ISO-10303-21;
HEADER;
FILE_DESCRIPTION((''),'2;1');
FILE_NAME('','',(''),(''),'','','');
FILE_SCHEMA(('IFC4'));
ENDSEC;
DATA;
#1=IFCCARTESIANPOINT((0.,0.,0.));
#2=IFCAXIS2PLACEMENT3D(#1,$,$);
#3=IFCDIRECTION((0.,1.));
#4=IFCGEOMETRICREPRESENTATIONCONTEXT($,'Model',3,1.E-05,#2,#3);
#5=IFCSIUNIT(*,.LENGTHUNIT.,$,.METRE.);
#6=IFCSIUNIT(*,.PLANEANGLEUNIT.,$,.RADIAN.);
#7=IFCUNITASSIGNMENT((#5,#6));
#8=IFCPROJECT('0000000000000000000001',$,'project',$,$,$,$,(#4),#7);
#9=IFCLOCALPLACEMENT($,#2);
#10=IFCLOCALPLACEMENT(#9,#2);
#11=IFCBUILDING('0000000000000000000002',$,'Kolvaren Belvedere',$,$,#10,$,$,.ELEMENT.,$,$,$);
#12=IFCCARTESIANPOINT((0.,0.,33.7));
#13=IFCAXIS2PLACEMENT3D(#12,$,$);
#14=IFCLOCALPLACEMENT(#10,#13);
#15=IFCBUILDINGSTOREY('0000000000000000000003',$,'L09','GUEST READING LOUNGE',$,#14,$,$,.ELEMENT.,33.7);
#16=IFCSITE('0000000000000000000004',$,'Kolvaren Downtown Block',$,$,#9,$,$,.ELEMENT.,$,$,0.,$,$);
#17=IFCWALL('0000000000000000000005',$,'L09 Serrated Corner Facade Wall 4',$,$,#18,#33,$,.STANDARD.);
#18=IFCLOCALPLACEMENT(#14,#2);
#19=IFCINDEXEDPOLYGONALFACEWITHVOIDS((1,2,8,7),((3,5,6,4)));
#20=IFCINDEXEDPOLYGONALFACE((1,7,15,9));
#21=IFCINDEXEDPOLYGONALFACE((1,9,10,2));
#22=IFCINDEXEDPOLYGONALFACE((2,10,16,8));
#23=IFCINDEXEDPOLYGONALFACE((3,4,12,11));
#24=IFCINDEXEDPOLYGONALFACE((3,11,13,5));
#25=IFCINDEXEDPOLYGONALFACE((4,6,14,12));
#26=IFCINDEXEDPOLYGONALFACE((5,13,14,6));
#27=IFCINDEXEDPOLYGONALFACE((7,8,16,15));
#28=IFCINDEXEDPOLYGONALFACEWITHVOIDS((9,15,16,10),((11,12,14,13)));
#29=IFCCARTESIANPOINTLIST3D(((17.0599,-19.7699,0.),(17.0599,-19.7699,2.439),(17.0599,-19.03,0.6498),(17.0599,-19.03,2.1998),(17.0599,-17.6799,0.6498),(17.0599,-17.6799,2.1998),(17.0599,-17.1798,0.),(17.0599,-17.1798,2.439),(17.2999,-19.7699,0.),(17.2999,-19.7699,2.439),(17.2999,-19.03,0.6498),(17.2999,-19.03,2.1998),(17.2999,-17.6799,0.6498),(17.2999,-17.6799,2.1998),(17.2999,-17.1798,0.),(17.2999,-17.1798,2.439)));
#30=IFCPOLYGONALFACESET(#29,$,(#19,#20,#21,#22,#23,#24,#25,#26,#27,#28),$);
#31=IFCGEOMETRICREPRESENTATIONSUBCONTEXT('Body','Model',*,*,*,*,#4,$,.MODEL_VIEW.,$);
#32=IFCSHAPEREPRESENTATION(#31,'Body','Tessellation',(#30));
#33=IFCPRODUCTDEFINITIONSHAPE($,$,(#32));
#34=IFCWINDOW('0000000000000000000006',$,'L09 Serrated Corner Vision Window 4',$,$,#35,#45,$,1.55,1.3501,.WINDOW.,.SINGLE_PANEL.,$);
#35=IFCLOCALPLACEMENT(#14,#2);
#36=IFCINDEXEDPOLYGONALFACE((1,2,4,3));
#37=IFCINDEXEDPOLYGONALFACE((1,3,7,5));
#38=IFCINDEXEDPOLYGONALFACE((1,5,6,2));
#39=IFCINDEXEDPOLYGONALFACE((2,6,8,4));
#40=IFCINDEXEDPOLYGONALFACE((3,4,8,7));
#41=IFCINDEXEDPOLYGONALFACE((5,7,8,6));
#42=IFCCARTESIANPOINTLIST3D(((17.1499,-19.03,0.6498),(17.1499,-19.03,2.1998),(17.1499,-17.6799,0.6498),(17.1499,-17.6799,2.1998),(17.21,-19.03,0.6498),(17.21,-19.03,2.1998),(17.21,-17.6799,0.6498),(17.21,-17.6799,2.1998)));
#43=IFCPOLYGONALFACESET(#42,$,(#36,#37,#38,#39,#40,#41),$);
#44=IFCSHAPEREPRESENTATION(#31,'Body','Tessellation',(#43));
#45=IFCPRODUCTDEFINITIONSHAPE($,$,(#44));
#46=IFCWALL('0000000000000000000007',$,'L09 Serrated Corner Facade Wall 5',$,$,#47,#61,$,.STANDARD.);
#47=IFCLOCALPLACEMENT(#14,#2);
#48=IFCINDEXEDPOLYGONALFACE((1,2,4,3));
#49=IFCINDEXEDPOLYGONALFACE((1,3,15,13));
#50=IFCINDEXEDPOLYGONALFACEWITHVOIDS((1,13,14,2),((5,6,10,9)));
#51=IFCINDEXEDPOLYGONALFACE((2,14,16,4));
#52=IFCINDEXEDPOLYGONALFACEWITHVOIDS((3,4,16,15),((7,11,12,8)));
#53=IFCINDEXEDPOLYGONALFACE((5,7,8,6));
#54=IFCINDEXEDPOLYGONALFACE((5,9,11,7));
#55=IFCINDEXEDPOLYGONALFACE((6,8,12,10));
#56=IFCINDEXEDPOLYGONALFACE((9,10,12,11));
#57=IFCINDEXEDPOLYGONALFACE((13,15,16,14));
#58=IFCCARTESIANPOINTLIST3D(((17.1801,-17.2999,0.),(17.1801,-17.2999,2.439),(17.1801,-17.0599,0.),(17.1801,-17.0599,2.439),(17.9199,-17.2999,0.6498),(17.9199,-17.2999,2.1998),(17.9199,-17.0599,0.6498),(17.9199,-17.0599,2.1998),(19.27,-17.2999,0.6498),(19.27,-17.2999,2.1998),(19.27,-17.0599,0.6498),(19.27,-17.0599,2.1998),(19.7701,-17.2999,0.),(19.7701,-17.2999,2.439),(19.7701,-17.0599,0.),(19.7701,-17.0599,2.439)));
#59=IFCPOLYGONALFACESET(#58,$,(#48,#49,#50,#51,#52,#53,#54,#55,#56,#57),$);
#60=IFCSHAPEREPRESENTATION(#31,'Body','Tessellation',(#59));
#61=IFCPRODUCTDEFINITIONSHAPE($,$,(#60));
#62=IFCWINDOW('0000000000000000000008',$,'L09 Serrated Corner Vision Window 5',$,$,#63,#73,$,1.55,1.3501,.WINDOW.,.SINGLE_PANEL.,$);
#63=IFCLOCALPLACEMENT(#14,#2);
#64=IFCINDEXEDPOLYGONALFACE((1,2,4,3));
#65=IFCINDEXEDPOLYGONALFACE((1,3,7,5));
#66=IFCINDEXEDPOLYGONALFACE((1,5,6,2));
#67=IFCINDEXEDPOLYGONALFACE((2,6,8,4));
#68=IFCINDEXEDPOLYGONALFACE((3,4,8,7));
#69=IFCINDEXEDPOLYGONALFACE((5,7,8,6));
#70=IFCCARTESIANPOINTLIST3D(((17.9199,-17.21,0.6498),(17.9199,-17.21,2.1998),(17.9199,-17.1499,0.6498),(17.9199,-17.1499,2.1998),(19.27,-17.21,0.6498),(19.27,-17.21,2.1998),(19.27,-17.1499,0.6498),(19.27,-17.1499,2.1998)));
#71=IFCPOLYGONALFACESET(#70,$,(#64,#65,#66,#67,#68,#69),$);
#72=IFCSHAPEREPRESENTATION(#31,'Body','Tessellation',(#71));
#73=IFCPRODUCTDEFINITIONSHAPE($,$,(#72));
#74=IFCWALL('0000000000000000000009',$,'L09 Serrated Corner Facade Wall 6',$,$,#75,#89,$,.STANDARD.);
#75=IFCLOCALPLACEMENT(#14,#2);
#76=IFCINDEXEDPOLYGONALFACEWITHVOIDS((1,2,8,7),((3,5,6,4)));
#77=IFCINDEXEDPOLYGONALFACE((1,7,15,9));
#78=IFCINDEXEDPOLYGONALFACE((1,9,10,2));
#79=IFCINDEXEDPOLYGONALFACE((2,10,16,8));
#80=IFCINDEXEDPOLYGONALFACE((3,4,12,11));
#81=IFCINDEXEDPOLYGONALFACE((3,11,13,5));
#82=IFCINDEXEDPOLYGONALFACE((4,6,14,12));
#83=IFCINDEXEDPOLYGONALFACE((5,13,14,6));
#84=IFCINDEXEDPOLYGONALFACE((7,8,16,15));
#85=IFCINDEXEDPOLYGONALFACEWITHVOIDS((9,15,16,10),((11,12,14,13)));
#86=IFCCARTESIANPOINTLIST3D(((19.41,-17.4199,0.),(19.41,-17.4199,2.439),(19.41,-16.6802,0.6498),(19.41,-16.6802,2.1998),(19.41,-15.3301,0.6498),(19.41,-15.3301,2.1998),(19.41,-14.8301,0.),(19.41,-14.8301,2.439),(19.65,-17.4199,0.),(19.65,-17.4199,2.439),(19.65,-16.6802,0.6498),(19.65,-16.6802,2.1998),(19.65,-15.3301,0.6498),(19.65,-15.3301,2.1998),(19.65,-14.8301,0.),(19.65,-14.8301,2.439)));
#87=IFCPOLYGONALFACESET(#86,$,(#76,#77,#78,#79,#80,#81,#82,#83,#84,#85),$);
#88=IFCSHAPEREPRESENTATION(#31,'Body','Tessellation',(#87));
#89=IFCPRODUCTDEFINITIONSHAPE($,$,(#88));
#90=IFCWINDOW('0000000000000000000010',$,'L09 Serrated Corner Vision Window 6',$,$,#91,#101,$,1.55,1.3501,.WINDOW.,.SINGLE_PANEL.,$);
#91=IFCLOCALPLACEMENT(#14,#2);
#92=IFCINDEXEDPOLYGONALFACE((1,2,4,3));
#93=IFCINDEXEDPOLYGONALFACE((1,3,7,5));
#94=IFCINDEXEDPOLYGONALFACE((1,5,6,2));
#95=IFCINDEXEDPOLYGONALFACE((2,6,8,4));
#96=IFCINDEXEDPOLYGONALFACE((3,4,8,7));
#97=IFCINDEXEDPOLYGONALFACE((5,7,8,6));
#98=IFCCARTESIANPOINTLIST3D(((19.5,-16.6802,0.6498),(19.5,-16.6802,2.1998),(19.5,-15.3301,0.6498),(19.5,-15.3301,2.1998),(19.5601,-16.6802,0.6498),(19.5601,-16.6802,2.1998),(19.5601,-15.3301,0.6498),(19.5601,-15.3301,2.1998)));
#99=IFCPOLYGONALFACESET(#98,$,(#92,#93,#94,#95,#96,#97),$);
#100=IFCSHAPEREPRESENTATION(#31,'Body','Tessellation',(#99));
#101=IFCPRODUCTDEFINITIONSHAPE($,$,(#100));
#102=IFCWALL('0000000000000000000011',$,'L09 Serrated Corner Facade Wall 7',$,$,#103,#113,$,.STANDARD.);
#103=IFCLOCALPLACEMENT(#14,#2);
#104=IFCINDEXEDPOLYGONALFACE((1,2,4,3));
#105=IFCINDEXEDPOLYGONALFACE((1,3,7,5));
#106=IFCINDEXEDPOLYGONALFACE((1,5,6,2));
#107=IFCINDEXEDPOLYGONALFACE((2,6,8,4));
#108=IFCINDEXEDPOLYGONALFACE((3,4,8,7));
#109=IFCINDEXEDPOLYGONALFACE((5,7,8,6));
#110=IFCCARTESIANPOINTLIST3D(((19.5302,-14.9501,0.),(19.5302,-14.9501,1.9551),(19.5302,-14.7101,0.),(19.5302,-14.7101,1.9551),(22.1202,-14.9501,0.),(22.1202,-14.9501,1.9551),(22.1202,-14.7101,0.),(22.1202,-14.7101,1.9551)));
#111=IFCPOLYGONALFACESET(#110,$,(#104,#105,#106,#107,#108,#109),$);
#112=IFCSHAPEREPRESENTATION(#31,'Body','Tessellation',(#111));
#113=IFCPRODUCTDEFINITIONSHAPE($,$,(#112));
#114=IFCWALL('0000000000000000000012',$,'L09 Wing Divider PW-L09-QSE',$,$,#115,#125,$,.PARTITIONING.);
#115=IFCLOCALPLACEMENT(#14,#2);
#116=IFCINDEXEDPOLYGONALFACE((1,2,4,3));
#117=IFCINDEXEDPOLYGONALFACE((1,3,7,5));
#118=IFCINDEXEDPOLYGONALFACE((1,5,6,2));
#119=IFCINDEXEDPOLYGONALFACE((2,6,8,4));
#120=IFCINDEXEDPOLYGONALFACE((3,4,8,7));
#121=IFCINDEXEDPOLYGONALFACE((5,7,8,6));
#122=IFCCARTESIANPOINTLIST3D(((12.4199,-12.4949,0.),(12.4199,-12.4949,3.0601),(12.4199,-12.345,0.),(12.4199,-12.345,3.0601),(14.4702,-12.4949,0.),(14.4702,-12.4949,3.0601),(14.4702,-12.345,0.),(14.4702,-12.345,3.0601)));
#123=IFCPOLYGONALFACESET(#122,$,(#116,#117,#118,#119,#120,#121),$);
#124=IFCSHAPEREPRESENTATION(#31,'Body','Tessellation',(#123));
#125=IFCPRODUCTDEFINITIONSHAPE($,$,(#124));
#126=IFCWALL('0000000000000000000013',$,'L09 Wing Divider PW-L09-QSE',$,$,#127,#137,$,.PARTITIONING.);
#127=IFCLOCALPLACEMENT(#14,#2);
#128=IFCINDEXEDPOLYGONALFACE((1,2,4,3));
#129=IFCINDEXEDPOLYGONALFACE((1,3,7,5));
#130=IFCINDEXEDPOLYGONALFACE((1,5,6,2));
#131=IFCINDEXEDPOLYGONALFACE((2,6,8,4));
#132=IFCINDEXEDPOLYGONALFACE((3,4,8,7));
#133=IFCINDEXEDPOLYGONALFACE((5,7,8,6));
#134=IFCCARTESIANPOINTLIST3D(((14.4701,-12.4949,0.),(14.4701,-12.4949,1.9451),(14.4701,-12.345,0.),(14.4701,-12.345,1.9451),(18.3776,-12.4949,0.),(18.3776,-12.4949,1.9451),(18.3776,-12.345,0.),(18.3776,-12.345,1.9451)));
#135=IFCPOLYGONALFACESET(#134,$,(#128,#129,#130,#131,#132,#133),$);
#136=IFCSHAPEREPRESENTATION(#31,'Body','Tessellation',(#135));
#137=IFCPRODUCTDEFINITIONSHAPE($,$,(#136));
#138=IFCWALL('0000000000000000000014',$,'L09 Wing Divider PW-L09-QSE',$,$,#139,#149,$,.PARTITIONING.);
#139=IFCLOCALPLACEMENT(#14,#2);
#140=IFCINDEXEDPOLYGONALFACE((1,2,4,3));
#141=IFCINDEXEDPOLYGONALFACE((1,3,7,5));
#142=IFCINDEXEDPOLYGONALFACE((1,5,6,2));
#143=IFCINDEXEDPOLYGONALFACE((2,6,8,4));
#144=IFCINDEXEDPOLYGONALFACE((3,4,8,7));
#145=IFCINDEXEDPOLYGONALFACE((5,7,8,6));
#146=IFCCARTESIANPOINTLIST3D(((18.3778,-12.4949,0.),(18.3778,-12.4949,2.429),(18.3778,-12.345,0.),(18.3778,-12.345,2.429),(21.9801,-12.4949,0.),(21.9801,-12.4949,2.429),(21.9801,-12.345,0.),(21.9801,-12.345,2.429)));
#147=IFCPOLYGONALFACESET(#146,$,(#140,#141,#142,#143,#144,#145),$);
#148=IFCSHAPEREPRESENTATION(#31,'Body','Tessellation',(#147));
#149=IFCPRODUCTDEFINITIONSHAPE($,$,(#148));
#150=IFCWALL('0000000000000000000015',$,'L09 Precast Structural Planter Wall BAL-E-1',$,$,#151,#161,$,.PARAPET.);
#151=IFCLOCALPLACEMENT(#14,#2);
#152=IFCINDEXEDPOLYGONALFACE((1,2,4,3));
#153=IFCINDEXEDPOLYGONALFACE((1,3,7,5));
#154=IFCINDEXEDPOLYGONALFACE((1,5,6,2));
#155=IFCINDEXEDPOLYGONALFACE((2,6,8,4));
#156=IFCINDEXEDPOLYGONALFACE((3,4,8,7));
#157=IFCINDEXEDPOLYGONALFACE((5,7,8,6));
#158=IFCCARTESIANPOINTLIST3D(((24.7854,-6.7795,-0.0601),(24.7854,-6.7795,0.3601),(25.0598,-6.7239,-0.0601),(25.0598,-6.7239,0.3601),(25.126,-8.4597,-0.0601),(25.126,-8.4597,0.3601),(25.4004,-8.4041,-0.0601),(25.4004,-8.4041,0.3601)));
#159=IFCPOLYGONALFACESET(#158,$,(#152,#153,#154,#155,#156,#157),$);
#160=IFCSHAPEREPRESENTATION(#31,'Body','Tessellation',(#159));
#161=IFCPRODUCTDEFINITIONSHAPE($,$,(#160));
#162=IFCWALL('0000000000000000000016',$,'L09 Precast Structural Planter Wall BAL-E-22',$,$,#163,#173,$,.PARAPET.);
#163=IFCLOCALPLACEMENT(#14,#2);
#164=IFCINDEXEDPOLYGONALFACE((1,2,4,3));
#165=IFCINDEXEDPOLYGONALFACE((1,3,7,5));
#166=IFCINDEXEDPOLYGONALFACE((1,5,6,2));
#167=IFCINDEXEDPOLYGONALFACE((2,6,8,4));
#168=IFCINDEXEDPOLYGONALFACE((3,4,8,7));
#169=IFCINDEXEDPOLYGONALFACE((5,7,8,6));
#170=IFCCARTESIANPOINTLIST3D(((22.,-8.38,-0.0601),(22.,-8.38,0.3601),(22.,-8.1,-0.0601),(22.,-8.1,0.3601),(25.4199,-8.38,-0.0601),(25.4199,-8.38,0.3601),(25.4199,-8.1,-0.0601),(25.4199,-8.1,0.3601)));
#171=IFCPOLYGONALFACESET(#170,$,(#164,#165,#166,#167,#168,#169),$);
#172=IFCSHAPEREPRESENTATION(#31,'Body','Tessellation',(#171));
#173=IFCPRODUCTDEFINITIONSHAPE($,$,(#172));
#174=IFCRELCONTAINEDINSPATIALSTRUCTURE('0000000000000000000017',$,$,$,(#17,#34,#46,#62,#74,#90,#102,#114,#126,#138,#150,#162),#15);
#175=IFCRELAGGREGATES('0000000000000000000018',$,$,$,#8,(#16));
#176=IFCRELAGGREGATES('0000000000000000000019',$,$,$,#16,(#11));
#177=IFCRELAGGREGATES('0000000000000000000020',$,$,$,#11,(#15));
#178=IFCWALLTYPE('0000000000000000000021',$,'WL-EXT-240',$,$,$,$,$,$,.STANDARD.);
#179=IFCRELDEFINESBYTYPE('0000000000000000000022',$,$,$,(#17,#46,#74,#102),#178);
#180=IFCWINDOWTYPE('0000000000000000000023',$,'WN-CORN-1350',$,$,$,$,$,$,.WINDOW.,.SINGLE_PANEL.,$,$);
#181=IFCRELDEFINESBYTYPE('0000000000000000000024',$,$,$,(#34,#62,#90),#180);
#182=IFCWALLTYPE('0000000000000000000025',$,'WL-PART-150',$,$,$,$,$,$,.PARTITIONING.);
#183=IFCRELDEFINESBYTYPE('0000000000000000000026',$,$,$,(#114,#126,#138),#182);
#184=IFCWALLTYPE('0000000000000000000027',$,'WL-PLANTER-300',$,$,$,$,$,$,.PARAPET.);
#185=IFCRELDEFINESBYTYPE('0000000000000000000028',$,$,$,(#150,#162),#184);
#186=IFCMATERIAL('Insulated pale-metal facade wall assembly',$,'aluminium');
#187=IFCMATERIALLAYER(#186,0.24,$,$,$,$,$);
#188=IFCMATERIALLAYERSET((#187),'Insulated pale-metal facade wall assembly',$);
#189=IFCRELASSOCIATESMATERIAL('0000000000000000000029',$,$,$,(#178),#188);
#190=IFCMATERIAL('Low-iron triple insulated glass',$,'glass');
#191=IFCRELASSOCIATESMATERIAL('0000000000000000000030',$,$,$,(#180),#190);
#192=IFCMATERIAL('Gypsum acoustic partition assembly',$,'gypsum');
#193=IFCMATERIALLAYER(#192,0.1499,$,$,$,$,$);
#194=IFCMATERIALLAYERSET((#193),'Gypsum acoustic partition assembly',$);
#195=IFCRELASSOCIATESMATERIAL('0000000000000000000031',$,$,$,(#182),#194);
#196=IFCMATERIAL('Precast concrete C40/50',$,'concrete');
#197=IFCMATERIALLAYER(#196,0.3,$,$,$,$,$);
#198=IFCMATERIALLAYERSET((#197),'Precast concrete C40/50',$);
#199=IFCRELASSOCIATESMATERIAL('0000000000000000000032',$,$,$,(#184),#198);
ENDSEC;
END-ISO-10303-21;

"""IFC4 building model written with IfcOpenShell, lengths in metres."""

from ifc_helpers import new_model, si_unit, direction, frame, frame_2d, origin, place, context, subcontext, project, spatial, rectangle, extrude, material, layer, layer_set, type_object, element, fill, save


model = new_model("IFC4")

# Units and contexts
model_context = context("Model", 3, precision=1e-05, world=origin(), true_north=direction((0.0, 1.0)))
body_context = subcontext(model_context, "Body", "Model", "MODEL_VIEW")
ifc_project = project(units=[si_unit("LENGTHUNIT", "METRE"), si_unit("PLANEANGLEUNIT", "RADIAN")], contexts=[model_context])

# Site, building, storey
site_placement = place(None, origin())
site = spatial("IfcSite", under=ifc_project, at=site_placement, Name="Kolvaren Downtown Block", CompositionType="ELEMENT", RefElevation=0.0)
building_placement = place(site_placement, origin())
building = spatial("IfcBuilding", under=site, at=building_placement, Name="Kolvaren Belvedere", CompositionType="ELEMENT")
storey_placement = place(building_placement, frame((0.0, 0.0, 33.7)))
storey = spatial("IfcBuildingStorey", under=building, at=storey_placement, Name="L09", Description="GUEST READING LOUNGE", CompositionType="ELEMENT", Elevation=33.7)

# Shared definitions
ifc_material_1 = material(Name="Insulated pale-metal facade wall assembly", Category="aluminium")
ifc_layer_1 = layer(ifc_material_1, 0.24)
ifc_layer_set_1 = layer_set([ifc_layer_1], Name="Insulated pale-metal facade wall assembly")
wall_type_1 = type_object("IfcWallType", Name="WL-EXT-240", PredefinedType="STANDARD", material=ifc_layer_set_1)

# Walls, openings, windows
ifc_material_2 = material(Name="Low-iron triple insulated glass", Category="glass")
window_type = type_object("IfcWindowType", Name="WN-CORN-1350", PartitioningType="SINGLE_PANEL", PredefinedType="WINDOW", material=ifc_material_2)
wall_1_placement = place(storey_placement, frame((17.1799, -17.1799, 0.0), z_axis=(0.0, 0.0, 1.0), x_axis=(0.0, -1.0, 0.0)))
wall_1 = element("IfcWall", 1, at=wall_1_placement, inside=storey, type_object=wall_type_1, Name="L09 Serrated Corner Facade Wall 4", PredefinedType="STANDARD", context=body_context, shape_type="SweptSolid", body=[
    extrude(rectangle(XDim=2.5901, YDim=0.24, at=frame_2d((1.2949, 0.0))), origin(), (0.0, 0.0, 1.0), 2.439),
])
opening_1_placement = place(wall_1_placement, frame((0.5, 0.0, 0.6499)))
opening_1 = element("IfcOpeningElement", 2, at=opening_1_placement, cuts=wall_1, PredefinedType="OPENING", context=body_context, shape_type="SweptSolid", body=[
    extrude(rectangle(XDim=1.3501, YDim=1.55, at=frame_2d((0.675, 0.7749))), frame((0.0, 0.1299, 0.0), z_axis=(0.0, -1.0, 0.0), x_axis=(1.0, 0.0, 0.0)), (0.0, 0.0, 1.0), 0.26),
])
window_1_placement = place(opening_1_placement, origin())
window_1 = element("IfcWindow", 3, at=window_1_placement, inside=storey, type_object=window_type, Name="L09 Serrated Corner Vision Window 4", OverallHeight=1.55, OverallWidth=1.3501, PartitioningType="SINGLE_PANEL", PredefinedType="WINDOW", context=body_context, shape_type="SweptSolid", body=[
    extrude(rectangle(XDim=1.3501, YDim=1.55, at=frame_2d((0.675, 0.7749))), frame((0.0, 0.03, 0.0), z_axis=(0.0, -1.0, 0.0), x_axis=(1.0, 0.0, 0.0)), (0.0, 0.0, 1.0), 0.0601),
])
fill(opening_1, window_1)
wall_2_placement = place(storey_placement, frame((19.77, -17.1799, 0.0), z_axis=(0.0, 0.0, 1.0), x_axis=(-1.0, 0.0, 0.0)))
wall_2 = element("IfcWall", 4, at=wall_2_placement, inside=storey, type_object=wall_type_1, Name="L09 Serrated Corner Facade Wall 5", PredefinedType="STANDARD", context=body_context, shape_type="SweptSolid", body=[
    extrude(rectangle(XDim=2.5901, YDim=0.24, at=frame_2d((1.2949, 0.0))), origin(), (0.0, 0.0, 1.0), 2.439),
])
opening_2_placement = place(wall_2_placement, frame((0.5, 0.0, 0.6499)))
opening_2 = element("IfcOpeningElement", 5, at=opening_2_placement, cuts=wall_2, PredefinedType="OPENING", context=body_context, shape_type="SweptSolid", body=[
    extrude(rectangle(XDim=1.3501, YDim=1.55, at=frame_2d((0.675, 0.7749))), frame((0.0, 0.1299, 0.0), z_axis=(0.0, -1.0, 0.0), x_axis=(1.0, 0.0, 0.0)), (0.0, 0.0, 1.0), 0.26),
])
window_2_placement = place(opening_2_placement, origin())
window_2 = element("IfcWindow", 6, at=window_2_placement, inside=storey, type_object=window_type, Name="L09 Serrated Corner Vision Window 5", OverallHeight=1.55, OverallWidth=1.3501, PartitioningType="SINGLE_PANEL", PredefinedType="WINDOW", context=body_context, shape_type="SweptSolid", body=[
    extrude(rectangle(XDim=1.3501, YDim=1.55, at=frame_2d((0.675, 0.7749))), frame((0.0, 0.03, 0.0), z_axis=(0.0, -1.0, 0.0), x_axis=(1.0, 0.0, 0.0)), (0.0, 0.0, 1.0), 0.0601),
])
fill(opening_2, window_2)
wall_3_placement = place(storey_placement, frame((19.53, -14.8301, 0.0), z_axis=(0.0, 0.0, 1.0), x_axis=(0.0, -1.0, 0.0)))
wall_3 = element("IfcWall", 7, at=wall_3_placement, inside=storey, type_object=wall_type_1, Name="L09 Serrated Corner Facade Wall 6", PredefinedType="STANDARD", context=body_context, shape_type="SweptSolid", body=[
    extrude(rectangle(XDim=2.5898, YDim=0.24, at=frame_2d((1.2949, 0.0))), origin(), (0.0, 0.0, 1.0), 2.439),
])
opening_3_placement = place(wall_3_placement, frame((0.5, 0.0, 0.6499)))
opening_3 = element("IfcOpeningElement", 8, at=opening_3_placement, cuts=wall_3, PredefinedType="OPENING", context=body_context, shape_type="SweptSolid", body=[
    extrude(rectangle(XDim=1.3501, YDim=1.55, at=frame_2d((0.675, 0.7749))), frame((0.0, 0.1299, 0.0), z_axis=(0.0, -1.0, 0.0), x_axis=(1.0, 0.0, 0.0)), (0.0, 0.0, 1.0), 0.26),
])
window_3_placement = place(opening_3_placement, origin())
window_3 = element("IfcWindow", 9, at=window_3_placement, inside=storey, type_object=window_type, Name="L09 Serrated Corner Vision Window 6", OverallHeight=1.55, OverallWidth=1.3501, PartitioningType="SINGLE_PANEL", PredefinedType="WINDOW", context=body_context, shape_type="SweptSolid", body=[
    extrude(rectangle(XDim=1.3501, YDim=1.55, at=frame_2d((0.675, 0.7749))), frame((0.0, 0.03, 0.0), z_axis=(0.0, -1.0, 0.0), x_axis=(1.0, 0.0, 0.0)), (0.0, 0.0, 1.0), 0.0601),
])
fill(opening_3, window_3)

# Walls
wall_4_placement = place(storey_placement, frame((22.1201, -14.8301, 0.0), z_axis=(0.0, 0.0, 1.0), x_axis=(-1.0, 0.0, 0.0)))
element("IfcWall", 10, at=wall_4_placement, inside=storey, type_object=wall_type_1, Name="L09 Serrated Corner Facade Wall 7", PredefinedType="STANDARD", context=body_context, shape_type="SweptSolid", body=[
    extrude(rectangle(XDim=2.5901, YDim=0.24, at=frame_2d((1.2949, 0.0))), origin(), (0.0, 0.0, 1.0), 1.9551),
])
ifc_material_3 = material(Name="Gypsum acoustic partition assembly", Category="gypsum")
ifc_layer_2 = layer(ifc_material_3, 0.1499)
ifc_layer_set_2 = layer_set([ifc_layer_2], Name="Gypsum acoustic partition assembly")
wall_type_2 = type_object("IfcWallType", Name="WL-PART-150", PredefinedType="PARTITIONING", material=ifc_layer_set_2)
wall_5_placement = place(storey_placement, frame((12.4199, -12.4199, 0.0), z_axis=(0.0, 0.0, 1.0), x_axis=(1.0, 0.0, 0.0)))
element("IfcWall", 11, at=wall_5_placement, inside=storey, type_object=wall_type_2, Name="L09 Wing Divider PW-L09-QSE", PredefinedType="PARTITIONING", context=body_context, shape_type="SweptSolid", body=[
    extrude(rectangle(XDim=2.0503, YDim=0.1499, at=frame_2d((1.0251, 0.0))), origin(), (0.0, 0.0, 1.0), 3.0601),
])
wall_6_placement = place(storey_placement, frame((14.4702, -12.4199, 0.0), z_axis=(0.0, 0.0, 1.0), x_axis=(1.0, 0.0, 0.0)))
element("IfcWall", 12, at=wall_6_placement, inside=storey, type_object=wall_type_2, Name="L09 Wing Divider PW-L09-QSE", PredefinedType="PARTITIONING", context=body_context, shape_type="SweptSolid", body=[
    extrude(rectangle(XDim=3.9075, YDim=0.1499, at=frame_2d((1.9536, 0.0))), origin(), (0.0, 0.0, 1.0), 1.9451),
])
wall_7_placement = place(storey_placement, frame((18.3777, -12.4199, 0.0), z_axis=(0.0, 0.0, 1.0), x_axis=(1.0, 0.0, 0.0)))
element("IfcWall", 13, at=wall_7_placement, inside=storey, type_object=wall_type_2, Name="L09 Wing Divider PW-L09-QSE", PredefinedType="PARTITIONING", context=body_context, shape_type="SweptSolid", body=[
    extrude(rectangle(XDim=3.6023, YDim=0.1499, at=frame_2d((1.8013, 0.0))), origin(), (0.0, 0.0, 1.0), 2.429),
])
ifc_material_4 = material(Name="Precast concrete C40/50", Category="concrete")
ifc_layer_3 = layer(ifc_material_4, 0.3)
ifc_layer_set_3 = layer_set([ifc_layer_3], Name="Precast concrete C40/50")
wall_type_3 = type_object("IfcWallType", Name="WL-PLANTER-300", PredefinedType="PARAPET", material=ifc_layer_set_3)
wall_8_placement = place(storey_placement, frame((25.2632, -8.4319, -0.0601), z_axis=(0.0, 0.0, 1.0), x_axis=(-0.198662, 0.980068, 0.0)))
element("IfcWall", 14, at=wall_8_placement, inside=storey, type_object=wall_type_3, Name="L09 Precast Structural Planter Wall BAL-E-1", PredefinedType="PARAPET", context=body_context, shape_type="SweptSolid", body=[
    extrude(rectangle(XDim=1.7144, YDim=0.28, at=frame_2d((0.8572, 0.0))), origin(), (0.0, 0.0, 1.0), 0.4202),
])
wall_9_placement = place(storey_placement, frame((22.0, -8.24, -0.0601), z_axis=(0.0, 0.0, 1.0), x_axis=(1.0, 0.0, 0.0)))
element("IfcWall", 15, at=wall_9_placement, inside=storey, type_object=wall_type_3, Name="L09 Precast Structural Planter Wall BAL-E-22", PredefinedType="PARAPET", context=body_context, shape_type="SweptSolid", body=[
    extrude(rectangle(XDim=3.4199, YDim=0.28, at=frame_2d((1.71, 0.0))), origin(), (0.0, 0.0, 1.0), 0.4202),
])

save(model, "model.ifc")
